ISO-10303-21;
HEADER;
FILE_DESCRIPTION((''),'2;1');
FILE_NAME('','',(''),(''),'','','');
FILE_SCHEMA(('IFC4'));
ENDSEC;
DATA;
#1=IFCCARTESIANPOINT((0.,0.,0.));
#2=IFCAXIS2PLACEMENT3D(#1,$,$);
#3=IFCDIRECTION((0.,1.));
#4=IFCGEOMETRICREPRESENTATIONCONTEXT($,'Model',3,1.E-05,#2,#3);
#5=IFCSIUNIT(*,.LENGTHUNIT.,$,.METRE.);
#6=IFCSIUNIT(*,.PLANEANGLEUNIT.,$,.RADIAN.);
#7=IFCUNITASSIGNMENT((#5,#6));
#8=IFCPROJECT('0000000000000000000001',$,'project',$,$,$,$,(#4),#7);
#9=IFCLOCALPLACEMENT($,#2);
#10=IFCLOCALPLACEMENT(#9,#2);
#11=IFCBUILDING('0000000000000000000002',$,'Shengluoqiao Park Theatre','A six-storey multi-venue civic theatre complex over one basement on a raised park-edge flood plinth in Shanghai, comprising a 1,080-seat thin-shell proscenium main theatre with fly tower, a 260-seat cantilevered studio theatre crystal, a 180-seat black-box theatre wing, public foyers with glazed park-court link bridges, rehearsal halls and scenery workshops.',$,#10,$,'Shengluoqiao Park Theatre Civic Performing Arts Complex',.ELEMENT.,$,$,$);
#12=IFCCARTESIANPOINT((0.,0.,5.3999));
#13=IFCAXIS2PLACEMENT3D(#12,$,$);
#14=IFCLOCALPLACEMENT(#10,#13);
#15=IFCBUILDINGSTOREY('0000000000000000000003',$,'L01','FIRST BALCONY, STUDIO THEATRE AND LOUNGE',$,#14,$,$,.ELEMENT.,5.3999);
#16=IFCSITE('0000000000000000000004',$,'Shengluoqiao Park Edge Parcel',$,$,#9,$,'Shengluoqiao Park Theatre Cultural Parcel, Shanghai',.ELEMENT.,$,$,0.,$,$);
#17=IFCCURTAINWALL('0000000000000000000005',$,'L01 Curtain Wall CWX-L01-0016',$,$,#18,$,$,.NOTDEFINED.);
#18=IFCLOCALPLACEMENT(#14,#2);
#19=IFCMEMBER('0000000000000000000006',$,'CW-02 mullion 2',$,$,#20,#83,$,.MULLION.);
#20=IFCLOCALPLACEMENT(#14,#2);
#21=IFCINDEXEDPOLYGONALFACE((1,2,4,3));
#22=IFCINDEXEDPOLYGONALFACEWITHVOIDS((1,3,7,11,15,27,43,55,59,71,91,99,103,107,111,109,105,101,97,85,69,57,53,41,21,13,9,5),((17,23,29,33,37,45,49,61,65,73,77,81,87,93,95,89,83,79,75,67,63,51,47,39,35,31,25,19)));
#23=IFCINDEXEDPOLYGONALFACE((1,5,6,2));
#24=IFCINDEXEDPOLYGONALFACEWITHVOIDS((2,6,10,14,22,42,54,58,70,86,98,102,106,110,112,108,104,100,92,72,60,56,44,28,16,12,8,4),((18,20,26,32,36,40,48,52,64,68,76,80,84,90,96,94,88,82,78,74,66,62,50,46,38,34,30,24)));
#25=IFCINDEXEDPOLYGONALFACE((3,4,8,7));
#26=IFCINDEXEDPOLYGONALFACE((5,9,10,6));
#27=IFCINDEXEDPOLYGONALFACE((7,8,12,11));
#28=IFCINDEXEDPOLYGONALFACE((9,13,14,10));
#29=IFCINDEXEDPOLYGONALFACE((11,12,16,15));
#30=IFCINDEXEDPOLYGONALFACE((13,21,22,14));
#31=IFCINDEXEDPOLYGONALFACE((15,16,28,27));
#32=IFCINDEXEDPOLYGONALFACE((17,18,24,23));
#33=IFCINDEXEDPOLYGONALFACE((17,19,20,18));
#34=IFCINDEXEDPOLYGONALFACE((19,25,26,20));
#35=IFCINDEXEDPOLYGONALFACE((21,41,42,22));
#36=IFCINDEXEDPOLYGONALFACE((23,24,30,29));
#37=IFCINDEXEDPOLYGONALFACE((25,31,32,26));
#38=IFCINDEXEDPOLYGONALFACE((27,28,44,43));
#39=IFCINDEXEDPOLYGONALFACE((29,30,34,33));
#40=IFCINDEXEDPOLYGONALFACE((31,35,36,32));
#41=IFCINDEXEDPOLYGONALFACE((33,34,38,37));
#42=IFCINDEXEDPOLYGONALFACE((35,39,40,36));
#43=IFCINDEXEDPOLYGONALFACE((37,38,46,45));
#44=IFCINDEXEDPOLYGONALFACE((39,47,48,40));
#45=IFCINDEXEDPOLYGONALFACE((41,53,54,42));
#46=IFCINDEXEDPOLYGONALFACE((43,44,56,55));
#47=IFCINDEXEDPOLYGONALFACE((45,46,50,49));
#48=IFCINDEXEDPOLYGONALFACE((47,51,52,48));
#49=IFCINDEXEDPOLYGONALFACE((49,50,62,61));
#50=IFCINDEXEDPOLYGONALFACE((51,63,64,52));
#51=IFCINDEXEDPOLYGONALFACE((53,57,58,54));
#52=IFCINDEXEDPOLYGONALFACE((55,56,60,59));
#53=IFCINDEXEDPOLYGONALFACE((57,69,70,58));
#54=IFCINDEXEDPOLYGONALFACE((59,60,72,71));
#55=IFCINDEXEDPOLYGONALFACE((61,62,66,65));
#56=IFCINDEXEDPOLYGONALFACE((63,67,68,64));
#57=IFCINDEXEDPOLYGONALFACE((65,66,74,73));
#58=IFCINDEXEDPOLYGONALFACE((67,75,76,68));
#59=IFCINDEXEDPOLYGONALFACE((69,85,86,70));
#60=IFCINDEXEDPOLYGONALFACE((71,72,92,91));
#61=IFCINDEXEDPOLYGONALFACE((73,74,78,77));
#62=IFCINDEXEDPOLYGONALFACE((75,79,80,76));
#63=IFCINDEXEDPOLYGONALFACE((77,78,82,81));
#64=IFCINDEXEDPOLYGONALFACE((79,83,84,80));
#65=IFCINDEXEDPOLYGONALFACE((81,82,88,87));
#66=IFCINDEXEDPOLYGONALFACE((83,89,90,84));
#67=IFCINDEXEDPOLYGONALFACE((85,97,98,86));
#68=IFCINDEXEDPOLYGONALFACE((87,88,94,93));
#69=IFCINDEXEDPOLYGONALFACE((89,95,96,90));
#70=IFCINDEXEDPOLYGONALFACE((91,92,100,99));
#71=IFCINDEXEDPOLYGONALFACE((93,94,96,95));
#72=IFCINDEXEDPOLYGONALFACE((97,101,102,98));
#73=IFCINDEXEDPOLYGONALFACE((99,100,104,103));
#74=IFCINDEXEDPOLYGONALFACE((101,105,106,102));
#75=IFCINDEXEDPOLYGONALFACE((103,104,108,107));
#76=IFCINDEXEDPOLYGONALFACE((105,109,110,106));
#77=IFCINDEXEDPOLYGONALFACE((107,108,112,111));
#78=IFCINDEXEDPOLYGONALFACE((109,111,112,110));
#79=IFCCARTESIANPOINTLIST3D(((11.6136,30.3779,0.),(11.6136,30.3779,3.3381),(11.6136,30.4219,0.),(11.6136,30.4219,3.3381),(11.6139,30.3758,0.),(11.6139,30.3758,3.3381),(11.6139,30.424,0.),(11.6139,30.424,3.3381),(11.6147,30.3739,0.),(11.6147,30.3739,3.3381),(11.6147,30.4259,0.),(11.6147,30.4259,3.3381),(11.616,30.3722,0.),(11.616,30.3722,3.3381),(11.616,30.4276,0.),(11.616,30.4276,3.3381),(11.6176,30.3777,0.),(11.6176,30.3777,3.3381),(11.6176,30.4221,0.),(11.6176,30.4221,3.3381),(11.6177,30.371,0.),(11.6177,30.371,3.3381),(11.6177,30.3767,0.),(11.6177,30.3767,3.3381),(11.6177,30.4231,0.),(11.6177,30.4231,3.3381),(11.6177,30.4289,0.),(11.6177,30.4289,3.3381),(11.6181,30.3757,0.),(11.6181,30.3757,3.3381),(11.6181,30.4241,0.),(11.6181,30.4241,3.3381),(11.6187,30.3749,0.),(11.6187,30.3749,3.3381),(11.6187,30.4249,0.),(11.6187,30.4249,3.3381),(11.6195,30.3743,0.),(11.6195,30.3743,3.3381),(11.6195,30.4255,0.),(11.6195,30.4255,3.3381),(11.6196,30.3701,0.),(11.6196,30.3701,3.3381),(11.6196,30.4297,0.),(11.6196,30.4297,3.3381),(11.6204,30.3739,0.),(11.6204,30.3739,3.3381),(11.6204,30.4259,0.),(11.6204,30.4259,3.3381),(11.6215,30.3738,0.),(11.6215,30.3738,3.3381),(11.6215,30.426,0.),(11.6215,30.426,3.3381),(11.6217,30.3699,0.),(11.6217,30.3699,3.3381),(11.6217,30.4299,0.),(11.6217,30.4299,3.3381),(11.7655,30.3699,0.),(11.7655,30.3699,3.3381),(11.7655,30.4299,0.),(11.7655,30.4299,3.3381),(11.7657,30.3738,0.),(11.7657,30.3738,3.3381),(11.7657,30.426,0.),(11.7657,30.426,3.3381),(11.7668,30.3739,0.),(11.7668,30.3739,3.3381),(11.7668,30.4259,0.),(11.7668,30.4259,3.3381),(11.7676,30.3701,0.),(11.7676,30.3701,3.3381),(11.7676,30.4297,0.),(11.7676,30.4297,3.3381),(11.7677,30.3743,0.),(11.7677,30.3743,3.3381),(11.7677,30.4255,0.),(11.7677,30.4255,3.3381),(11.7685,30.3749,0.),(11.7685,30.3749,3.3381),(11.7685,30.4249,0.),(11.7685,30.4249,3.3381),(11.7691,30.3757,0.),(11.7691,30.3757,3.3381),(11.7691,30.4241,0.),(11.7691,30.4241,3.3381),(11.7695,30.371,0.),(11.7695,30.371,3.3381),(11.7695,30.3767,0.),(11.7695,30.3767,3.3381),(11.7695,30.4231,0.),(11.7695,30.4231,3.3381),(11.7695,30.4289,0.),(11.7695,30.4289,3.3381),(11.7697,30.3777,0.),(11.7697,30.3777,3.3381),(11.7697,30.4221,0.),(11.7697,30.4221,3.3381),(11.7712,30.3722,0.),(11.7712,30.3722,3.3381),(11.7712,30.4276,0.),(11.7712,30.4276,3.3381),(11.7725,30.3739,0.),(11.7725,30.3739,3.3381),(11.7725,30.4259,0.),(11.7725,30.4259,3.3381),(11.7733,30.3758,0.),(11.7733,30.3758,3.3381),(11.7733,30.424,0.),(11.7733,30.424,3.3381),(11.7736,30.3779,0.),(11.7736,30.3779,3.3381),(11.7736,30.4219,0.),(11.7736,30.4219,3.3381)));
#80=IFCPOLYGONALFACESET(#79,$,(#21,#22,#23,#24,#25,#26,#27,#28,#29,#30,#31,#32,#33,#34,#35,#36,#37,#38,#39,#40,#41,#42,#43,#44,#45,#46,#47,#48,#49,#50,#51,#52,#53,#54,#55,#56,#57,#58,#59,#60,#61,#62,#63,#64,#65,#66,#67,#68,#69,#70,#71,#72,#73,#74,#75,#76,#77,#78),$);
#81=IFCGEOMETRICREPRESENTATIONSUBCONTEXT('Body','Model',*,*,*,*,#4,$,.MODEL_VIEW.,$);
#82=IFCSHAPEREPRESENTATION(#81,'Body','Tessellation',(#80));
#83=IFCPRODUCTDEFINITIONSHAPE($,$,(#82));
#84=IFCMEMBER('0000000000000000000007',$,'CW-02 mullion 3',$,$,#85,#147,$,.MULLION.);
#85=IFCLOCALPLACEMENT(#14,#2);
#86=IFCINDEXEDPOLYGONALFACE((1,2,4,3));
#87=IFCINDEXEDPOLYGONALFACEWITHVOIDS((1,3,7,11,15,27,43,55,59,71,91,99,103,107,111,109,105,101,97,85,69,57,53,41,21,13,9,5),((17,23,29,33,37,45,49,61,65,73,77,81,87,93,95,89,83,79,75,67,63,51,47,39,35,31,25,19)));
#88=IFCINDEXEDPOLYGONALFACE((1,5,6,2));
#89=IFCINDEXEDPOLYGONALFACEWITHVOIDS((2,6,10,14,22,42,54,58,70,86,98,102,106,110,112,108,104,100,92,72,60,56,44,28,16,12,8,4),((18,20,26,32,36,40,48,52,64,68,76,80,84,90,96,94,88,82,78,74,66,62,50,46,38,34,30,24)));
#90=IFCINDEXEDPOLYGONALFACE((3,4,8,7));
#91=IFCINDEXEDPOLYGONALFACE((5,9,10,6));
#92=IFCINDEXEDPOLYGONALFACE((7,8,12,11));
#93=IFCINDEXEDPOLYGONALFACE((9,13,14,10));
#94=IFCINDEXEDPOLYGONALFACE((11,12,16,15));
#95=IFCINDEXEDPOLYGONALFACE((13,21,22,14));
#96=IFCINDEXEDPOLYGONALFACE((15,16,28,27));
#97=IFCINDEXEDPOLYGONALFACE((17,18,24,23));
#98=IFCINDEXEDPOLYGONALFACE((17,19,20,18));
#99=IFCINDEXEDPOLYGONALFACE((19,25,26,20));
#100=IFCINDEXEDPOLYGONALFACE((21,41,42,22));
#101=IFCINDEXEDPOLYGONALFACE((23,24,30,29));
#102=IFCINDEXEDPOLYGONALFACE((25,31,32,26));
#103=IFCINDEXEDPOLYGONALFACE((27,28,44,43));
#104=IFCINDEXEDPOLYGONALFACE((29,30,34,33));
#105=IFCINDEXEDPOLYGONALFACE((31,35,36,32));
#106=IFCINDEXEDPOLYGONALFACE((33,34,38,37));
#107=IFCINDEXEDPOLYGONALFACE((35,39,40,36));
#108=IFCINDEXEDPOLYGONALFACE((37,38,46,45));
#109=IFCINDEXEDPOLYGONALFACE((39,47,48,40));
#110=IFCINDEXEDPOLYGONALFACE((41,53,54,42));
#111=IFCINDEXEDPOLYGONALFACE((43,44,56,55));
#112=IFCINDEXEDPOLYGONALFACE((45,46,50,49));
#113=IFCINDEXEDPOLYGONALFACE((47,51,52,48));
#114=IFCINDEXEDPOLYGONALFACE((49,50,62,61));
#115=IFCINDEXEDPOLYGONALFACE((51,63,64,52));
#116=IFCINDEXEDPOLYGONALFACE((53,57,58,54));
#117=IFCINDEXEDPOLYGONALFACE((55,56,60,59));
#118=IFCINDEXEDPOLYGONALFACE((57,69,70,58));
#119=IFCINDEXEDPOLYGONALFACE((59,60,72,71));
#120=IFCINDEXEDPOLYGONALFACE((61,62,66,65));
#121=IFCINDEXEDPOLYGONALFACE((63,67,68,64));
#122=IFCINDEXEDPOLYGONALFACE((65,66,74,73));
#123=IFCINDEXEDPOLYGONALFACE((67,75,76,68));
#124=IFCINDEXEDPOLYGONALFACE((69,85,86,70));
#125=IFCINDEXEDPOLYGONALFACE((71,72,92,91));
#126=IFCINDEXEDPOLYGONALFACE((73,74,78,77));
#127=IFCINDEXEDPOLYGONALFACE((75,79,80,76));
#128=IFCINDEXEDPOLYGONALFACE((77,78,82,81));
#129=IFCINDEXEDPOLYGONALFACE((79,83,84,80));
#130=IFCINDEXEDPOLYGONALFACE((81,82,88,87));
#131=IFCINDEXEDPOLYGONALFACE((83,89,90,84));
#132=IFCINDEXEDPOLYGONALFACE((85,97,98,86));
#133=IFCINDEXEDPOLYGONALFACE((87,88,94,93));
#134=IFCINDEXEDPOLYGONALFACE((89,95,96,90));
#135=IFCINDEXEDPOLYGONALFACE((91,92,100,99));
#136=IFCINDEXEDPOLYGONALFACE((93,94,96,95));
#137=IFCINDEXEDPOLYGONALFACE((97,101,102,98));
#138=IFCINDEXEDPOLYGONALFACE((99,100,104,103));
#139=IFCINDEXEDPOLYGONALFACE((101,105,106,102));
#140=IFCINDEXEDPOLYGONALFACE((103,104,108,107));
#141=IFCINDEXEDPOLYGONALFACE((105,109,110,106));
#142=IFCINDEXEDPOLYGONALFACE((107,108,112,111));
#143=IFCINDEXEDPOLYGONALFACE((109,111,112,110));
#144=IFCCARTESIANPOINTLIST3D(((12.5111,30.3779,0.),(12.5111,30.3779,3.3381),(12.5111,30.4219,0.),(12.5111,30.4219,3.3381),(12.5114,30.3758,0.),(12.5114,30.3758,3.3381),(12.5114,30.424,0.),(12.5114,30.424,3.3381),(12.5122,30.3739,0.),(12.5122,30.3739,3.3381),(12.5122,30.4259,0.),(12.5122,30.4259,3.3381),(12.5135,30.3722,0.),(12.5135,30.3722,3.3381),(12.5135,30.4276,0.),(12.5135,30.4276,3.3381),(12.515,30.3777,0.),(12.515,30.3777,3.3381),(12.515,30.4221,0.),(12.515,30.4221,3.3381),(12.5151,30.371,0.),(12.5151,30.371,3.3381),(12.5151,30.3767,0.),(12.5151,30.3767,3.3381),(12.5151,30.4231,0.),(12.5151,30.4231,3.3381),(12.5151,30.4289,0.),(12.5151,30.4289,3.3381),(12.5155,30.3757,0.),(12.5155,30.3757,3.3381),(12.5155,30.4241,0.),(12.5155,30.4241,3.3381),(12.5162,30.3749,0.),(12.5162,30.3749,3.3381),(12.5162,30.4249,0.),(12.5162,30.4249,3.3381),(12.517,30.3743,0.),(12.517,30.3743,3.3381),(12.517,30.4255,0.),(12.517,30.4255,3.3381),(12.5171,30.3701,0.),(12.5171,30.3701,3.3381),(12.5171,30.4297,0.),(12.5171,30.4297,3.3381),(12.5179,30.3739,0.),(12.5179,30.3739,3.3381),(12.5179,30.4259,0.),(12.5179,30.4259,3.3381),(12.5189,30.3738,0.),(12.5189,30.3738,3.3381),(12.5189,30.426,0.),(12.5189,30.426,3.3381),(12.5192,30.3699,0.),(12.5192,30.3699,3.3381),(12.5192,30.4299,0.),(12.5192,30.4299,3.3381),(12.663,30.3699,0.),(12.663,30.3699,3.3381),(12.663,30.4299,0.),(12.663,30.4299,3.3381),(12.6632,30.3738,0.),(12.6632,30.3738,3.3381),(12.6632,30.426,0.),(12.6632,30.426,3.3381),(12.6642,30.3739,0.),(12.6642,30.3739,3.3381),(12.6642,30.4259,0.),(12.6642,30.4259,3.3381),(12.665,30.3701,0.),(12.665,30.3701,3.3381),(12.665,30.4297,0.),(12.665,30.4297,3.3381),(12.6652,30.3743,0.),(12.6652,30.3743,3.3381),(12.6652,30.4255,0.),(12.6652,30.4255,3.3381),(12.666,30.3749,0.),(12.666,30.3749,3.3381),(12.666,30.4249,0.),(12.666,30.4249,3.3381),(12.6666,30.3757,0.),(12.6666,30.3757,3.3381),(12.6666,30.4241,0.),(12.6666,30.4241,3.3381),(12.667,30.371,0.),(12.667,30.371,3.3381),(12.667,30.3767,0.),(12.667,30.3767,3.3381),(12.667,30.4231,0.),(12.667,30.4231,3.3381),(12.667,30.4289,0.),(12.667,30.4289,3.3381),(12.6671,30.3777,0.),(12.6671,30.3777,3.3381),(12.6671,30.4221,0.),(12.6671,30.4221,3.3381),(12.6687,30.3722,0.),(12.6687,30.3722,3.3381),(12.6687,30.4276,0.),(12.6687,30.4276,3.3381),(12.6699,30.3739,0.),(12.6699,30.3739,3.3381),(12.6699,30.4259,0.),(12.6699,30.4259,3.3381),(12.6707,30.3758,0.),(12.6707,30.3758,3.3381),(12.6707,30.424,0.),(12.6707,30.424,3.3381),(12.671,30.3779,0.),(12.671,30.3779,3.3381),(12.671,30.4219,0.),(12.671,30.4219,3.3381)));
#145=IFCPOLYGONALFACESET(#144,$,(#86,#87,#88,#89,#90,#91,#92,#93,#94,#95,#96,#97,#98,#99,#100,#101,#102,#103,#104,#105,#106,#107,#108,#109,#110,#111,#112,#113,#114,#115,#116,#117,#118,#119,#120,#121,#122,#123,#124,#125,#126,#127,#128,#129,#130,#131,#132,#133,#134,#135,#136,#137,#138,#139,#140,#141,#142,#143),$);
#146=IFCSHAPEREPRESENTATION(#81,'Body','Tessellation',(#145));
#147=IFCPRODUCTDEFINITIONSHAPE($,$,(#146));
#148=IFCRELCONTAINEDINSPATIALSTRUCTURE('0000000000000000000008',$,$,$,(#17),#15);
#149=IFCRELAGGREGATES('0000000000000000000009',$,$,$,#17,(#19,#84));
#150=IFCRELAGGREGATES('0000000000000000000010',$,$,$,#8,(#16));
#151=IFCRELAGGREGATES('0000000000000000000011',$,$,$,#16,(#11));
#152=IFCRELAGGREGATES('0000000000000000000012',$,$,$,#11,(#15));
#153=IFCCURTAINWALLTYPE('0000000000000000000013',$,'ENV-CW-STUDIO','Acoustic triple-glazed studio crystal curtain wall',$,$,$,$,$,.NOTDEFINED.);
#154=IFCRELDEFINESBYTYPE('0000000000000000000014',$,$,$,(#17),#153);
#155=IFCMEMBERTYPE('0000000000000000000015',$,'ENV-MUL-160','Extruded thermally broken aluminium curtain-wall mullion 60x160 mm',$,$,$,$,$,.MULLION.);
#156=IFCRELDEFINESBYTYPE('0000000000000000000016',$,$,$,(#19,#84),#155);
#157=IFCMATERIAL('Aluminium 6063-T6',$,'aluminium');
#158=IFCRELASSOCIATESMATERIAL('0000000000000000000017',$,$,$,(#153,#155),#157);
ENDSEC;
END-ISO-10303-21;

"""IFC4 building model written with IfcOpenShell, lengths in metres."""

from ifc_helpers import new_model, si_unit, direction, frame, origin, origin_2d, place, context, subcontext, project, spatial, hollow_rectangle, extrude, material, material_profile, profile_set, type_object, element, aggregate, save


model = new_model("IFC4")

# Units and contexts
model_context = context("Model", 3, precision=1e-05, world=origin(), true_north=direction((0.0, 1.0)))
body_context = subcontext(model_context, "Body", "Model", "MODEL_VIEW")
ifc_project = project(units=[si_unit("LENGTHUNIT", "METRE"), si_unit("PLANEANGLEUNIT", "RADIAN")], contexts=[model_context])

# Site, building, storey
site_placement = place(None, origin())
site = spatial("IfcSite", under=ifc_project, at=site_placement, Name="Shengluoqiao Park Edge Parcel", LongName="Shengluoqiao Park Theatre Cultural Parcel, Shanghai", CompositionType="ELEMENT", RefElevation=0.0)
building_placement = place(site_placement, origin())
building = spatial("IfcBuilding", under=site, at=building_placement, Name="Shengluoqiao Park Theatre", Description="A six-storey multi-venue civic theatre complex over one basement on a raised park-edge flood plinth in Shanghai, comprising a 1,080-seat thin-shell proscenium main theatre with fly tower, a 260-seat cantilevered studio theatre crystal, a 180-seat black-box theatre wing, public foyers with glazed park-court link bridges, rehearsal halls and scenery workshops.", LongName="Shengluoqiao Park Theatre Civic Performing Arts Complex", CompositionType="ELEMENT")
storey_placement = place(building_placement, frame((0.0, 0.0, 5.3999)))
storey = spatial("IfcBuildingStorey", under=building, at=storey_placement, Name="L01", Description="FIRST BALCONY, STUDIO THEATRE AND LOUNGE", CompositionType="ELEMENT", Elevation=5.3999)

# Curtain wall, members
ifc_material_1 = material(Name="Aluminium 6063-T6", Category="aluminium")
curtain_wall_type = type_object("IfcCurtainWallType", Name="ENV-CW-STUDIO", Description="Acoustic triple-glazed studio crystal curtain wall", PredefinedType="NOTDEFINED", material=ifc_material_1)
curtain_wall_1_placement = place(storey_placement, origin())
curtain_wall_1 = element("IfcCurtainWall", 1, at=curtain_wall_1_placement, inside=storey, type_object=curtain_wall_type, Name="L01 Curtain Wall CWX-L01-0016", PredefinedType="NOTDEFINED")
ifc_material_profile_1 = material_profile(ifc_material_1, hollow_rectangle(XDim=0.0601, YDim=0.1599, WallThickness=0.0039, InnerFilletRadius=0.0039, OuterFilletRadius=0.0081, at=origin_2d()), Name="ALU MULLION 160x60x4")
ifc_profile_set_1 = profile_set([ifc_material_profile_1], Name="Aluminium 6063-T6")
member_type_1 = type_object("IfcMemberType", Name="ENV-MUL-160", Description="Extruded thermally broken aluminium curtain-wall mullion 60x160 mm", PredefinedType="MULLION", material=ifc_profile_set_1)
member_1_placement = place(storey_placement, frame((11.6936, 30.3999, 0.0), z_axis=(0.0, 0.0, 1.0), x_axis=(0.0, 1.0, 0.0)))
member_1 = element("IfcMember", 2, at=member_1_placement, type_object=member_type_1, Name="CW-02 mullion 2", PredefinedType="MULLION", context=body_context, shape_type="SweptSolid", body=[
    extrude(hollow_rectangle(XDim=0.0601, YDim=0.1599, WallThickness=0.0039, InnerFilletRadius=0.0039, OuterFilletRadius=0.0081, at=origin_2d()), origin(), (0.0, 0.0, 1.0), 3.3381),
])
member_2_placement = place(storey_placement, frame((12.5911, 30.3999, 0.0), z_axis=(0.0, 0.0, 1.0), x_axis=(0.0, 1.0, 0.0)))
member_2 = element("IfcMember", 3, at=member_2_placement, type_object=member_type_1, Name="CW-02 mullion 3", PredefinedType="MULLION", context=body_context, shape_type="SweptSolid", body=[
    extrude(hollow_rectangle(XDim=0.0601, YDim=0.1599, WallThickness=0.0039, InnerFilletRadius=0.0039, OuterFilletRadius=0.0081, at=origin_2d()), origin(), (0.0, 0.0, 1.0), 3.3381),
])

aggregate(curtain_wall_1, [member_1, member_2])

save(model, "model.ifc")
